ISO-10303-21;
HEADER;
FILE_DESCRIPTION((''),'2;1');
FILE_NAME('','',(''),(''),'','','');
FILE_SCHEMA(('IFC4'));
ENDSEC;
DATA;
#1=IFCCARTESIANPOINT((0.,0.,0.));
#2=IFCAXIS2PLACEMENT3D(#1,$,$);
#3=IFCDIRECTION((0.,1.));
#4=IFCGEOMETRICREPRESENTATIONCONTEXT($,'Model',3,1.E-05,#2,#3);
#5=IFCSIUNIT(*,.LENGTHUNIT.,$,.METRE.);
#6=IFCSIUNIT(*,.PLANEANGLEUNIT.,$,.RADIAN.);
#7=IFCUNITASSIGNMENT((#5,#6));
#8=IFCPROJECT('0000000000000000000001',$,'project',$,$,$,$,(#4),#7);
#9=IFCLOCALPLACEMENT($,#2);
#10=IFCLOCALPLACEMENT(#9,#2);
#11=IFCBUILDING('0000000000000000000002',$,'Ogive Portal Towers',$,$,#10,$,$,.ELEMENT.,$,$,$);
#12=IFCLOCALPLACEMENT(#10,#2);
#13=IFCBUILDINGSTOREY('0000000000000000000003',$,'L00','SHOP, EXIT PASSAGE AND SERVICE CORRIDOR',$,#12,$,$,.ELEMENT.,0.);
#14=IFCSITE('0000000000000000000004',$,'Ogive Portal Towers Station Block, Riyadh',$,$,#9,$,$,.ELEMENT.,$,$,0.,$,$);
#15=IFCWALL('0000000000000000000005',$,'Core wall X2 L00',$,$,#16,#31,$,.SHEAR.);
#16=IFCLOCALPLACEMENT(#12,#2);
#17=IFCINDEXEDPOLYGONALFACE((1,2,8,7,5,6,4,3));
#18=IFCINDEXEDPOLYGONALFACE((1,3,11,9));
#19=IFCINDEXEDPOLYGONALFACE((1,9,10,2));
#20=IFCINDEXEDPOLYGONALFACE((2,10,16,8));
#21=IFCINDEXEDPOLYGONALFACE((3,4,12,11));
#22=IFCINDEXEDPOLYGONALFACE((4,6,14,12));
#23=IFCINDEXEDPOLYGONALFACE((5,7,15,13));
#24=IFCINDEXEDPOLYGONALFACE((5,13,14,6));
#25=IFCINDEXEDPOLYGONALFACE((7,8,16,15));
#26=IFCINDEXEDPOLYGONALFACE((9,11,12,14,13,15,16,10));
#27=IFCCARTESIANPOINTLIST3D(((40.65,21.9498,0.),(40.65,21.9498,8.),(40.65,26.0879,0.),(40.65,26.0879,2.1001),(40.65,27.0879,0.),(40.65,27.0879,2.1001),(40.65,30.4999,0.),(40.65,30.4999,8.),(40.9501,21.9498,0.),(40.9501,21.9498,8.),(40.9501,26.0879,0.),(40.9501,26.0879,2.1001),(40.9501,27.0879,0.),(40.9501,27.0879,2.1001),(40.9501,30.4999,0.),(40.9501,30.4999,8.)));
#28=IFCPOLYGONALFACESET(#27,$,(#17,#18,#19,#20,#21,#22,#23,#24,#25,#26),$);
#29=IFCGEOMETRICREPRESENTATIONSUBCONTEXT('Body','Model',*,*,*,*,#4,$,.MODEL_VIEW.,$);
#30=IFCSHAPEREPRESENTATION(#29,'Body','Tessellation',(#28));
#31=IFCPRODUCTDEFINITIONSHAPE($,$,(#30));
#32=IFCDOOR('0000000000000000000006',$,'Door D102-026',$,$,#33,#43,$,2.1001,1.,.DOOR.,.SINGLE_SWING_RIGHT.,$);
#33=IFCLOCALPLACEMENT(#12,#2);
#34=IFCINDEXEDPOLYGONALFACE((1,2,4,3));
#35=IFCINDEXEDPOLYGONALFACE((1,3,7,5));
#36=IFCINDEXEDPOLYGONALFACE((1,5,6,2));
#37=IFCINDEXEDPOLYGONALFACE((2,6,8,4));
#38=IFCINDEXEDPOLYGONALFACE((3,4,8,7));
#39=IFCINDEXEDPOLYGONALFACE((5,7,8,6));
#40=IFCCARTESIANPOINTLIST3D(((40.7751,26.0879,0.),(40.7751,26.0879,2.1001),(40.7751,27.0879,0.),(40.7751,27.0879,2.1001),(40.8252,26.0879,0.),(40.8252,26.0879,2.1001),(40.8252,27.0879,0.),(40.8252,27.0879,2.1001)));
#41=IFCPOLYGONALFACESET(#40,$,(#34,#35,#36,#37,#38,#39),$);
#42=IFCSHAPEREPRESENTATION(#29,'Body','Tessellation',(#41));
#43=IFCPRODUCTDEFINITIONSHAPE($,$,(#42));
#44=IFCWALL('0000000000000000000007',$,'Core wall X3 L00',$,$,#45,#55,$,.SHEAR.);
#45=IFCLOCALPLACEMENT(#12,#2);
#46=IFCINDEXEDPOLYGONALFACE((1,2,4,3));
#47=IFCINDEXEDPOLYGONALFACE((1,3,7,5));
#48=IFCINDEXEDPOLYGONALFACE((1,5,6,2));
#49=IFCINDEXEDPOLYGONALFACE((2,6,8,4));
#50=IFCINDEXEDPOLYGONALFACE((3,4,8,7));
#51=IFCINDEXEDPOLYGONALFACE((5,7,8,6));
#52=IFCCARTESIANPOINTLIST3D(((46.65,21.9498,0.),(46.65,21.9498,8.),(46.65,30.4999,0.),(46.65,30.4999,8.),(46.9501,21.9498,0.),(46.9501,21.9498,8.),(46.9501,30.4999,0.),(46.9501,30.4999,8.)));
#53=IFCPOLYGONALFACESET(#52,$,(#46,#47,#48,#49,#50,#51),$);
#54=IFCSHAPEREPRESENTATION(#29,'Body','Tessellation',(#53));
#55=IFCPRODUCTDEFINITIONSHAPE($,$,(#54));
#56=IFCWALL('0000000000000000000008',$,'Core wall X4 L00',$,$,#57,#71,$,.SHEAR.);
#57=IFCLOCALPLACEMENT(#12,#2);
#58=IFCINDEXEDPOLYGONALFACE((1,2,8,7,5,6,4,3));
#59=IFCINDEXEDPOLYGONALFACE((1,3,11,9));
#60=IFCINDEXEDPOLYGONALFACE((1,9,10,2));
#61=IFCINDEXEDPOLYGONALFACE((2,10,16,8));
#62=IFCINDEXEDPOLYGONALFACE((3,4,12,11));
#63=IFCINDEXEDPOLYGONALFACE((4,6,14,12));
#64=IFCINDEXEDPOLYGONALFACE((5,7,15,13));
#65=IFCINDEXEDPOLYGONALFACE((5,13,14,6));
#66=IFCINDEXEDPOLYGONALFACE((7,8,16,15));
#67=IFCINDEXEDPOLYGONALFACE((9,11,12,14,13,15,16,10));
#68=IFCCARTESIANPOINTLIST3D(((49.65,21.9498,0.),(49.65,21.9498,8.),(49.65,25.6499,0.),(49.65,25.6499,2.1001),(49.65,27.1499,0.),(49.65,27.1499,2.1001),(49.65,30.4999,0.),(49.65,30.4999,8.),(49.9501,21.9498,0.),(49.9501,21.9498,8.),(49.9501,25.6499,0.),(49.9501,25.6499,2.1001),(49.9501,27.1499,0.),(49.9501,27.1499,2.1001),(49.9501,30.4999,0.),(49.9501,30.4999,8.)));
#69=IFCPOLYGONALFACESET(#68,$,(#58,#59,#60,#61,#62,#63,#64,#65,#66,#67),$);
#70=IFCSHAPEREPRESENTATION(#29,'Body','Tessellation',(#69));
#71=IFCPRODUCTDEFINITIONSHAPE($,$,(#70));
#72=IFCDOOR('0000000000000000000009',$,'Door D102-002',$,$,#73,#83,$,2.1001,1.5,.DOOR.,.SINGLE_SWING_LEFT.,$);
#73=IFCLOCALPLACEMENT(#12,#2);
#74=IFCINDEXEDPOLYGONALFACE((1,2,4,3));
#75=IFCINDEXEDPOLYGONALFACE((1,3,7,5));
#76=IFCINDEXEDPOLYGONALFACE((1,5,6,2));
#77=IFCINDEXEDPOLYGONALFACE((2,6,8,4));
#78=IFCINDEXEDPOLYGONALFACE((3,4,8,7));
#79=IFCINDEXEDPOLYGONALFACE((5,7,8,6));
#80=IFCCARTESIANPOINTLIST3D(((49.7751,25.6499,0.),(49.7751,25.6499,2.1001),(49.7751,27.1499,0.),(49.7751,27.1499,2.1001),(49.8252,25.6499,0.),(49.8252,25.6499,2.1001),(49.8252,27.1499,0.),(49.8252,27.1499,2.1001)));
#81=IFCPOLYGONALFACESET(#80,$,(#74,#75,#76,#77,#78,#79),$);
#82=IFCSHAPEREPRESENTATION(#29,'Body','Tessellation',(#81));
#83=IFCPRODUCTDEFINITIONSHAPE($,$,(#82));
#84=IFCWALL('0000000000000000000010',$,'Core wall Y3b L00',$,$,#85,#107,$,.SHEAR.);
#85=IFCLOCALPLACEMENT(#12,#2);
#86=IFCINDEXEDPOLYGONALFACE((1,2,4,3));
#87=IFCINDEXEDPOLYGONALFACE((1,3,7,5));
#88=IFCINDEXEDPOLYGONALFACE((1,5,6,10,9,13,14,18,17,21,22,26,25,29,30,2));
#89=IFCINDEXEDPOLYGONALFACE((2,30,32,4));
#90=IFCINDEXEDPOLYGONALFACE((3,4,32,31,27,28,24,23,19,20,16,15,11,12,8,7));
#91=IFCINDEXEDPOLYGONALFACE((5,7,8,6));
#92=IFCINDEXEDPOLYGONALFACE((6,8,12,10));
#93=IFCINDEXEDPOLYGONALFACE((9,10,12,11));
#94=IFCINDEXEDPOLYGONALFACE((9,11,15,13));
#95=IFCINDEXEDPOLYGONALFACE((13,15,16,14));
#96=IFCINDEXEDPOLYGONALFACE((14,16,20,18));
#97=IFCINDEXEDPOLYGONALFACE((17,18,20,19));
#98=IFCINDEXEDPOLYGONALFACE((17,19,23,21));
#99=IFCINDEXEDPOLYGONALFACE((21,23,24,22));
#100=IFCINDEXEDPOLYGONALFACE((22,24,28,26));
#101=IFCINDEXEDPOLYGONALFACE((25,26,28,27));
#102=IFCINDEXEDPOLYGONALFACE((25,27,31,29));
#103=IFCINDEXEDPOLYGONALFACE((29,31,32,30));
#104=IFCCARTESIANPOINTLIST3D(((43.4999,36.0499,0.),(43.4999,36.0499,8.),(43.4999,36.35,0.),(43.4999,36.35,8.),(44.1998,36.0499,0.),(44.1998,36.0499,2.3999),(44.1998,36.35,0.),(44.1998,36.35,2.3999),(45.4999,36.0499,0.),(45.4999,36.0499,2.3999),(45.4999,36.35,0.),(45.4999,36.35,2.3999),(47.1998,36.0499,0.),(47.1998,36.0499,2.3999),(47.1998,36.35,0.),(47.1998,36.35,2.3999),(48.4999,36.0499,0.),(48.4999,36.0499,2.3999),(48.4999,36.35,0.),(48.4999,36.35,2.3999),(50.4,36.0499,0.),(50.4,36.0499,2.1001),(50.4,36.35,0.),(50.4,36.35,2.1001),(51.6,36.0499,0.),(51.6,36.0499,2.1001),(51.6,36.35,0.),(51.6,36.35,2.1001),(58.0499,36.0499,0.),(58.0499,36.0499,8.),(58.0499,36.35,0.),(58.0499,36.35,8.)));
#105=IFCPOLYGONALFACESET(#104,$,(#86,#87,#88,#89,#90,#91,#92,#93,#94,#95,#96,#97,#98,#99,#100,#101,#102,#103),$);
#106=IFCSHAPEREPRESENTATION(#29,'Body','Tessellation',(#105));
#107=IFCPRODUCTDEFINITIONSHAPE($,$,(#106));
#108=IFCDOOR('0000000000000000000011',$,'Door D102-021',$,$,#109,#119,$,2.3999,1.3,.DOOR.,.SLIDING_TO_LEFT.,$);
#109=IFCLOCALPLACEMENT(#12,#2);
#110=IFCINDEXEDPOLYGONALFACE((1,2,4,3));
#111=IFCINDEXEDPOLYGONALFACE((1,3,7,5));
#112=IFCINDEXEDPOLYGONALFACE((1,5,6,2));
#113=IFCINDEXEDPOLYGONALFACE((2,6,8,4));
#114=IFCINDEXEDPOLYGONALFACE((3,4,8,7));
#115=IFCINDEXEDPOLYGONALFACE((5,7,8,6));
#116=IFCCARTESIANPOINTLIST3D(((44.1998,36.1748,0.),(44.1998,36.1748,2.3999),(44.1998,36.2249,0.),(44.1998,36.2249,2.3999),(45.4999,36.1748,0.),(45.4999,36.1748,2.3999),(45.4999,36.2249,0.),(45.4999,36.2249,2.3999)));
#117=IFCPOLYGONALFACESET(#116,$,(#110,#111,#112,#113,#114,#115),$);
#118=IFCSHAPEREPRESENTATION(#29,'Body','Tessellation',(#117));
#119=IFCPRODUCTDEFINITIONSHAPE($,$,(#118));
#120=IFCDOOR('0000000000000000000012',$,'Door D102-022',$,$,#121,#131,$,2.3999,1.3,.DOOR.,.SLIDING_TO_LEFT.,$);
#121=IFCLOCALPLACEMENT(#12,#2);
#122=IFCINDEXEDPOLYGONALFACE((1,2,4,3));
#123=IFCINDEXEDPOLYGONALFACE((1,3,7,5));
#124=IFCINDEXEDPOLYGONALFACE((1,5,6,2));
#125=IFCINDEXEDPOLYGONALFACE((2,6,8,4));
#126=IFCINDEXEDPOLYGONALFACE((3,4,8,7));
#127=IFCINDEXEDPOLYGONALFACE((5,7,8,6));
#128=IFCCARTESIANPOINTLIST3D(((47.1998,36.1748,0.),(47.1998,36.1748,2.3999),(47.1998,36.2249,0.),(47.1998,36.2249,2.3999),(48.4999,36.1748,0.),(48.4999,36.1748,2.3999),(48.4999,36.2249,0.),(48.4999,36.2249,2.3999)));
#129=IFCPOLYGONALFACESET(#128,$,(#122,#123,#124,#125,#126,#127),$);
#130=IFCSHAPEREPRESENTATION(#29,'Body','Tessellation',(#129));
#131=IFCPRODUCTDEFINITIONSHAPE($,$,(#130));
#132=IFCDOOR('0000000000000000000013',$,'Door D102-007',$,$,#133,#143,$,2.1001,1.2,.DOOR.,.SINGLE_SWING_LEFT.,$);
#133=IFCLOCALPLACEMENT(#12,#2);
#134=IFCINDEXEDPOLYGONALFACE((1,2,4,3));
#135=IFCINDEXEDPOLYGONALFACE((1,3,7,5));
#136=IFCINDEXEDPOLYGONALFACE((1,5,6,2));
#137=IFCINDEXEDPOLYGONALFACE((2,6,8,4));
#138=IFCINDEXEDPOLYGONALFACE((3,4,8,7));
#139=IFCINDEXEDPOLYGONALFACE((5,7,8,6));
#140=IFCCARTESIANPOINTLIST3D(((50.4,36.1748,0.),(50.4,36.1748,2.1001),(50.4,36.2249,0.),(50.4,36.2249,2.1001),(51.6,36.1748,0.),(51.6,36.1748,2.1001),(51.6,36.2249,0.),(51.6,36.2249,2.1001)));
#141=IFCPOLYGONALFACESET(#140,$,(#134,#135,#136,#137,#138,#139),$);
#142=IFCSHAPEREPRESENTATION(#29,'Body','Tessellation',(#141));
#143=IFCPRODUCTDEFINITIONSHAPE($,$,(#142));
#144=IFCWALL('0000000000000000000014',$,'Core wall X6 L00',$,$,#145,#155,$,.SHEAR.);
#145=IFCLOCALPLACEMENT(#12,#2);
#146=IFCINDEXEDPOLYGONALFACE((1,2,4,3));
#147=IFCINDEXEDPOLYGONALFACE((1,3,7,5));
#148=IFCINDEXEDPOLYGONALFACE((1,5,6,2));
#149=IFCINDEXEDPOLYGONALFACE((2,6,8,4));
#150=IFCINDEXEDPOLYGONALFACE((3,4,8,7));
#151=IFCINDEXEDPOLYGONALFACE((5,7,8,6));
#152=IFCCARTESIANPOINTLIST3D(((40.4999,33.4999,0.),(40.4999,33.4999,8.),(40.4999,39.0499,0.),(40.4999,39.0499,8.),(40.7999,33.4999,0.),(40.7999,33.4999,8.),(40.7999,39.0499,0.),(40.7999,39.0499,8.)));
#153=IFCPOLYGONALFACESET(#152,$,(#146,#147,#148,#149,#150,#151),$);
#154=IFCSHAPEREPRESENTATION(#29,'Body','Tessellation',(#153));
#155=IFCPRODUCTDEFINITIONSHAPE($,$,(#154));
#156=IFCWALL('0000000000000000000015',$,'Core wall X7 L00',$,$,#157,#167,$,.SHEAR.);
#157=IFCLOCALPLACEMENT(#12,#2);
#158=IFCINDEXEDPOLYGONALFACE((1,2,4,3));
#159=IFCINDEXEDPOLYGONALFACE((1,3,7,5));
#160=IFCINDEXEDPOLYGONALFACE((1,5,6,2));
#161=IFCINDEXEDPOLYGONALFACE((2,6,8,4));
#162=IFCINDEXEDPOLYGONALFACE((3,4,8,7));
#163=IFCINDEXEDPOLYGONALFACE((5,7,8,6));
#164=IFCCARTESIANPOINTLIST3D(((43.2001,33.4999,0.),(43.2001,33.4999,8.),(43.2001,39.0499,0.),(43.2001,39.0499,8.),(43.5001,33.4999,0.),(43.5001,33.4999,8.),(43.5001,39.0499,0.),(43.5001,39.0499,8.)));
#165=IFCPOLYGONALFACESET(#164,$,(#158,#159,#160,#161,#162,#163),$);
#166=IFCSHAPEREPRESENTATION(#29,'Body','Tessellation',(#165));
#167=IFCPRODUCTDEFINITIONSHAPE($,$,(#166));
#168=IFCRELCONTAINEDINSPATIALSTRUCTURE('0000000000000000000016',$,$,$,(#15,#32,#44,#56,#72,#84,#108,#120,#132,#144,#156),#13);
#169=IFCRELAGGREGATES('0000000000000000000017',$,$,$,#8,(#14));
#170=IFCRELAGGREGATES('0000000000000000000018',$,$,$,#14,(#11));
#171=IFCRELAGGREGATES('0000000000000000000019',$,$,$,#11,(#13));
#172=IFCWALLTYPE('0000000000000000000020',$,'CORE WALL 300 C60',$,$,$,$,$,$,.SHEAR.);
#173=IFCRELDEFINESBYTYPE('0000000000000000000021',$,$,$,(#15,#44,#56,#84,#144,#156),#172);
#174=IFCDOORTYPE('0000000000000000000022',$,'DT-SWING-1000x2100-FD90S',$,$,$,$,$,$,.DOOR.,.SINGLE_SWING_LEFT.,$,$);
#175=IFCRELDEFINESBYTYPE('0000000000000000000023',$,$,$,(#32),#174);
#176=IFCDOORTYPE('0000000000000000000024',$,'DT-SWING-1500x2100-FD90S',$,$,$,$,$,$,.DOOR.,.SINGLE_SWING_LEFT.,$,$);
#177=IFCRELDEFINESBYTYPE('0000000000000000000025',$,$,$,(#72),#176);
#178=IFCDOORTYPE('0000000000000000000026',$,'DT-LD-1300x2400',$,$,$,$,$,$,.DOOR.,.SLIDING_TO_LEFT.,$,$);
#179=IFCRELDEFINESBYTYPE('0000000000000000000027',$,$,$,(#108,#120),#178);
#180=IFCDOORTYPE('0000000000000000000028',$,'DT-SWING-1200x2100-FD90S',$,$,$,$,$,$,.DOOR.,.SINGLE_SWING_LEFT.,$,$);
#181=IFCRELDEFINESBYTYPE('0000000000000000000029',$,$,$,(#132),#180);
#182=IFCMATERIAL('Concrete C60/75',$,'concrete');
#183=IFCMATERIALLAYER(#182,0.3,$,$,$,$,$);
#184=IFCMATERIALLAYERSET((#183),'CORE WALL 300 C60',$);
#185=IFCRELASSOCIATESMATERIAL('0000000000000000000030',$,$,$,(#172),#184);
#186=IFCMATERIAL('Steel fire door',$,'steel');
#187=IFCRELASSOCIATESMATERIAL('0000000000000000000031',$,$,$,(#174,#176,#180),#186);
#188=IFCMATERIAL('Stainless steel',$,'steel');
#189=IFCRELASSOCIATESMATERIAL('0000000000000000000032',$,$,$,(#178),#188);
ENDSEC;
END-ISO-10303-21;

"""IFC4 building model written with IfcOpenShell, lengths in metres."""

from ifc_helpers import new_model, si_unit, direction, frame, frame_2d, origin, place, context, subcontext, project, spatial, rectangle, extrude, material, layer, layer_set, type_object, element, fill, save


model = new_model("IFC4")

# Units and contexts
model_context = context("Model", 3, precision=1e-05, world=origin(), true_north=direction((0.0, 1.0)))
body_context = subcontext(model_context, "Body", "Model", "MODEL_VIEW")
ifc_project = project(units=[si_unit("LENGTHUNIT", "METRE"), si_unit("PLANEANGLEUNIT", "RADIAN")], contexts=[model_context])

# Site, building, storey
site_placement = place(None, origin())
site = spatial("IfcSite", under=ifc_project, at=site_placement, Name="Ogive Portal Towers Station Block, Riyadh", CompositionType="ELEMENT", RefElevation=0.0)
building_placement = place(site_placement, origin())
building = spatial("IfcBuilding", under=site, at=building_placement, Name="Ogive Portal Towers", CompositionType="ELEMENT")
storey_placement = place(building_placement, origin())
storey = spatial("IfcBuildingStorey", under=building, at=storey_placement, Name="L00", Description="SHOP, EXIT PASSAGE AND SERVICE CORRIDOR", CompositionType="ELEMENT", Elevation=0.0)

# Wall, opening, door
ifc_material_1 = material(Name="Concrete C60/75", Category="concrete")
ifc_layer_1 = layer(ifc_material_1, 0.3)
ifc_layer_set_1 = layer_set([ifc_layer_1], Name="CORE WALL 300 C60")
wall_type_1 = type_object("IfcWallType", Name="CORE WALL 300 C60", PredefinedType="SHEAR", material=ifc_layer_set_1)
wall_1_placement = place(storey_placement, frame((40.8, 21.95, 0.0), z_axis=(0.0, 0.0, 1.0), x_axis=(0.0, 1.0, 0.0)))
wall_1 = element("IfcWall", 1, at=wall_1_placement, inside=storey, type_object=wall_type_1, Name="Core wall X2 L00", PredefinedType="SHEAR", context=body_context, shape_type="SweptSolid", body=[
    extrude(rectangle(XDim=8.55, YDim=0.3, at=frame_2d((4.2749, 0.0))), origin(), (0.0, 0.0, 1.0), 8.0),
])
opening_1_placement = place(wall_1_placement, frame((4.1379, 0.0, 0.0)))
opening_1 = element("IfcOpeningElement", 2, at=opening_1_placement, cuts=wall_1, PredefinedType="OPENING", context=body_context, shape_type="SweptSolid", body=[
    extrude(rectangle(XDim=1.0, YDim=2.1001, at=frame_2d((0.5, 1.05))), frame((0.0, 0.1602, 0.0), z_axis=(0.0, -1.0, 0.0), x_axis=(1.0, 0.0, 0.0)), (0.0, 0.0, 1.0), 0.3201),
])
ifc_material_2 = material(Name="Steel fire door", Category="steel")
door_type_1 = type_object("IfcDoorType", Name="DT-SWING-1000x2100-FD90S", OperationType="SINGLE_SWING_LEFT", PredefinedType="DOOR", material=ifc_material_2)
door_1_placement = place(opening_1_placement, origin())
door_1 = element("IfcDoor", 3, at=door_1_placement, inside=storey, type_object=door_type_1, Name="Door D102-026", OperationType="SINGLE_SWING_RIGHT", OverallHeight=2.1001, OverallWidth=1.0, PredefinedType="DOOR", context=body_context, shape_type="SweptSolid", body=[
    extrude(rectangle(XDim=1.0, YDim=2.1001, at=frame_2d((0.5, 1.05))), frame((0.0, 0.0249, 0.0), z_axis=(0.0, -1.0, 0.0), x_axis=(1.0, 0.0, 0.0)), (0.0, 0.0, 1.0), 0.05),
])
fill(opening_1, door_1)

# Wall
wall_2_placement = place(storey_placement, frame((46.8, 21.95, 0.0), z_axis=(0.0, 0.0, 1.0), x_axis=(0.0, 1.0, 0.0)))
element("IfcWall", 4, at=wall_2_placement, inside=storey, type_object=wall_type_1, Name="Core wall X3 L00", PredefinedType="SHEAR", context=body_context, shape_type="SweptSolid", body=[
    extrude(rectangle(XDim=8.55, YDim=0.3, at=frame_2d((4.2749, 0.0))), origin(), (0.0, 0.0, 1.0), 8.0),
])

# Wall, opening, door
wall_3_placement = place(storey_placement, frame((49.8, 21.95, 0.0), z_axis=(0.0, 0.0, 1.0), x_axis=(0.0, 1.0, 0.0)))
wall_3 = element("IfcWall", 5, at=wall_3_placement, inside=storey, type_object=wall_type_1, Name="Core wall X4 L00", PredefinedType="SHEAR", context=body_context, shape_type="SweptSolid", body=[
    extrude(rectangle(XDim=8.55, YDim=0.3, at=frame_2d((4.2749, 0.0))), origin(), (0.0, 0.0, 1.0), 8.0),
])
opening_2_placement = place(wall_3_placement, frame((3.7, 0.0, 0.0)))
opening_2 = element("IfcOpeningElement", 6, at=opening_2_placement, cuts=wall_3, PredefinedType="OPENING", context=body_context, shape_type="SweptSolid", body=[
    extrude(rectangle(XDim=1.5, YDim=2.1001, at=frame_2d((0.75, 1.05))), frame((0.0, 0.1602, 0.0), z_axis=(0.0, -1.0, 0.0), x_axis=(1.0, 0.0, 0.0)), (0.0, 0.0, 1.0), 0.3201),
])
door_type_2 = type_object("IfcDoorType", Name="DT-SWING-1500x2100-FD90S", OperationType="SINGLE_SWING_LEFT", PredefinedType="DOOR", material=ifc_material_2)
door_2_placement = place(opening_2_placement, origin())
door_2 = element("IfcDoor", 7, at=door_2_placement, inside=storey, type_object=door_type_2, Name="Door D102-002", OperationType="SINGLE_SWING_LEFT", OverallHeight=2.1001, OverallWidth=1.5, PredefinedType="DOOR", context=body_context, shape_type="SweptSolid", body=[
    extrude(rectangle(XDim=1.5, YDim=2.1001, at=frame_2d((0.75, 1.05))), frame((0.0, 0.0249, 0.0), z_axis=(0.0, -1.0, 0.0), x_axis=(1.0, 0.0, 0.0)), (0.0, 0.0, 1.0), 0.05),
])
fill(opening_2, door_2)

# Wall, openings, doors
wall_4_placement = place(storey_placement, frame((43.5, 36.2, 0.0), z_axis=(0.0, 0.0, 1.0), x_axis=(1.0, 0.0, 0.0)))
wall_4 = element("IfcWall", 8, at=wall_4_placement, inside=storey, type_object=wall_type_1, Name="Core wall Y3b L00", PredefinedType="SHEAR", context=body_context, shape_type="SweptSolid", body=[
    extrude(rectangle(XDim=14.55, YDim=0.3, at=frame_2d((7.2749, 0.0))), origin(), (0.0, 0.0, 1.0), 8.0),
])
opening_3_placement = place(wall_4_placement, frame((6.8999, 0.0, 0.0)))
opening_3 = element("IfcOpeningElement", 9, at=opening_3_placement, cuts=wall_4, PredefinedType="OPENING", context=body_context, shape_type="SweptSolid", body=[
    extrude(rectangle(XDim=1.2, YDim=2.1001, at=frame_2d((0.6001, 1.05))), frame((0.0, 0.1602, 0.0), z_axis=(0.0, -1.0, 0.0), x_axis=(1.0, 0.0, 0.0)), (0.0, 0.0, 1.0), 0.3201),
])
opening_4_placement = place(wall_4_placement, frame((0.7, 0.0, 0.0)))
opening_4 = element("IfcOpeningElement", 10, at=opening_4_placement, cuts=wall_4, PredefinedType="OPENING", context=body_context, shape_type="SweptSolid", body=[
    extrude(rectangle(XDim=1.3, YDim=2.3999, at=frame_2d((0.6499, 1.2))), frame((0.0, 0.1602, 0.0), z_axis=(0.0, -1.0, 0.0), x_axis=(1.0, 0.0, 0.0)), (0.0, 0.0, 1.0), 0.3201),
])
opening_5_placement = place(wall_4_placement, frame((3.7, 0.0, 0.0)))
opening_5 = element("IfcOpeningElement", 11, at=opening_5_placement, cuts=wall_4, PredefinedType="OPENING", context=body_context, shape_type="SweptSolid", body=[
    extrude(rectangle(XDim=1.3, YDim=2.3999, at=frame_2d((0.6499, 1.2))), frame((0.0, 0.1602, 0.0), z_axis=(0.0, -1.0, 0.0), x_axis=(1.0, 0.0, 0.0)), (0.0, 0.0, 1.0), 0.3201),
])
ifc_material_3 = material(Name="Stainless steel", Category="steel")
door_type_3 = type_object("IfcDoorType", Name="DT-LD-1300x2400", OperationType="SLIDING_TO_LEFT", PredefinedType="DOOR", material=ifc_material_3)
door_3_placement = place(opening_4_placement, origin())
door_3 = element("IfcDoor", 12, at=door_3_placement, inside=storey, type_object=door_type_3, Name="Door D102-021", OperationType="SLIDING_TO_LEFT", OverallHeight=2.3999, OverallWidth=1.3, PredefinedType="DOOR", context=body_context, shape_type="SweptSolid", body=[
    extrude(rectangle(XDim=1.3, YDim=2.3999, at=frame_2d((0.6499, 1.2))), frame((0.0, 0.0249, 0.0), z_axis=(0.0, -1.0, 0.0), x_axis=(1.0, 0.0, 0.0)), (0.0, 0.0, 1.0), 0.05),
])
fill(opening_4, door_3)
door_4_placement = place(opening_5_placement, origin())
door_4 = element("IfcDoor", 13, at=door_4_placement, inside=storey, type_object=door_type_3, Name="Door D102-022", OperationType="SLIDING_TO_LEFT", OverallHeight=2.3999, OverallWidth=1.3, PredefinedType="DOOR", context=body_context, shape_type="SweptSolid", body=[
    extrude(rectangle(XDim=1.3, YDim=2.3999, at=frame_2d((0.6499, 1.2))), frame((0.0, 0.0249, 0.0), z_axis=(0.0, -1.0, 0.0), x_axis=(1.0, 0.0, 0.0)), (0.0, 0.0, 1.0), 0.05),
])
fill(opening_5, door_4)
door_type_4 = type_object("IfcDoorType", Name="DT-SWING-1200x2100-FD90S", OperationType="SINGLE_SWING_LEFT", PredefinedType="DOOR", material=ifc_material_2)
door_5_placement = place(opening_3_placement, origin())
door_5 = element("IfcDoor", 14, at=door_5_placement, inside=storey, type_object=door_type_4, Name="Door D102-007", OperationType="SINGLE_SWING_LEFT", OverallHeight=2.1001, OverallWidth=1.2, PredefinedType="DOOR", context=body_context, shape_type="SweptSolid", body=[
    extrude(rectangle(XDim=1.2, YDim=2.1001, at=frame_2d((0.6001, 1.05))), frame((0.0, 0.0249, 0.0), z_axis=(0.0, -1.0, 0.0), x_axis=(1.0, 0.0, 0.0)), (0.0, 0.0, 1.0), 0.05),
])
fill(opening_3, door_5)

# Walls
for number, where, z_axis, x_axis, name in (
    (15, (40.6499, 33.5, 0.0), (0.0, 0.0, 1.0), (0.0, 1.0, 0.0), "Core wall X6 L00"),
    (16, (43.3501, 33.5, 0.0), (0.0, 0.0, 1.0), (0.0, 1.0, 0.0), "Core wall X7 L00"),
):
    element("IfcWall", number, at=place(storey_placement, frame(where, z_axis=z_axis, x_axis=x_axis)), inside=storey, type_object=wall_type_1, Name=name, PredefinedType="SHEAR", context=body_context, shape_type="SweptSolid", body=[
        extrude(rectangle(XDim=5.55, YDim=0.3, at=frame_2d((2.7749, 0.0))), origin(), (0.0, 0.0, 1.0), 8.0),
    ])

save(model, "model.ifc")
